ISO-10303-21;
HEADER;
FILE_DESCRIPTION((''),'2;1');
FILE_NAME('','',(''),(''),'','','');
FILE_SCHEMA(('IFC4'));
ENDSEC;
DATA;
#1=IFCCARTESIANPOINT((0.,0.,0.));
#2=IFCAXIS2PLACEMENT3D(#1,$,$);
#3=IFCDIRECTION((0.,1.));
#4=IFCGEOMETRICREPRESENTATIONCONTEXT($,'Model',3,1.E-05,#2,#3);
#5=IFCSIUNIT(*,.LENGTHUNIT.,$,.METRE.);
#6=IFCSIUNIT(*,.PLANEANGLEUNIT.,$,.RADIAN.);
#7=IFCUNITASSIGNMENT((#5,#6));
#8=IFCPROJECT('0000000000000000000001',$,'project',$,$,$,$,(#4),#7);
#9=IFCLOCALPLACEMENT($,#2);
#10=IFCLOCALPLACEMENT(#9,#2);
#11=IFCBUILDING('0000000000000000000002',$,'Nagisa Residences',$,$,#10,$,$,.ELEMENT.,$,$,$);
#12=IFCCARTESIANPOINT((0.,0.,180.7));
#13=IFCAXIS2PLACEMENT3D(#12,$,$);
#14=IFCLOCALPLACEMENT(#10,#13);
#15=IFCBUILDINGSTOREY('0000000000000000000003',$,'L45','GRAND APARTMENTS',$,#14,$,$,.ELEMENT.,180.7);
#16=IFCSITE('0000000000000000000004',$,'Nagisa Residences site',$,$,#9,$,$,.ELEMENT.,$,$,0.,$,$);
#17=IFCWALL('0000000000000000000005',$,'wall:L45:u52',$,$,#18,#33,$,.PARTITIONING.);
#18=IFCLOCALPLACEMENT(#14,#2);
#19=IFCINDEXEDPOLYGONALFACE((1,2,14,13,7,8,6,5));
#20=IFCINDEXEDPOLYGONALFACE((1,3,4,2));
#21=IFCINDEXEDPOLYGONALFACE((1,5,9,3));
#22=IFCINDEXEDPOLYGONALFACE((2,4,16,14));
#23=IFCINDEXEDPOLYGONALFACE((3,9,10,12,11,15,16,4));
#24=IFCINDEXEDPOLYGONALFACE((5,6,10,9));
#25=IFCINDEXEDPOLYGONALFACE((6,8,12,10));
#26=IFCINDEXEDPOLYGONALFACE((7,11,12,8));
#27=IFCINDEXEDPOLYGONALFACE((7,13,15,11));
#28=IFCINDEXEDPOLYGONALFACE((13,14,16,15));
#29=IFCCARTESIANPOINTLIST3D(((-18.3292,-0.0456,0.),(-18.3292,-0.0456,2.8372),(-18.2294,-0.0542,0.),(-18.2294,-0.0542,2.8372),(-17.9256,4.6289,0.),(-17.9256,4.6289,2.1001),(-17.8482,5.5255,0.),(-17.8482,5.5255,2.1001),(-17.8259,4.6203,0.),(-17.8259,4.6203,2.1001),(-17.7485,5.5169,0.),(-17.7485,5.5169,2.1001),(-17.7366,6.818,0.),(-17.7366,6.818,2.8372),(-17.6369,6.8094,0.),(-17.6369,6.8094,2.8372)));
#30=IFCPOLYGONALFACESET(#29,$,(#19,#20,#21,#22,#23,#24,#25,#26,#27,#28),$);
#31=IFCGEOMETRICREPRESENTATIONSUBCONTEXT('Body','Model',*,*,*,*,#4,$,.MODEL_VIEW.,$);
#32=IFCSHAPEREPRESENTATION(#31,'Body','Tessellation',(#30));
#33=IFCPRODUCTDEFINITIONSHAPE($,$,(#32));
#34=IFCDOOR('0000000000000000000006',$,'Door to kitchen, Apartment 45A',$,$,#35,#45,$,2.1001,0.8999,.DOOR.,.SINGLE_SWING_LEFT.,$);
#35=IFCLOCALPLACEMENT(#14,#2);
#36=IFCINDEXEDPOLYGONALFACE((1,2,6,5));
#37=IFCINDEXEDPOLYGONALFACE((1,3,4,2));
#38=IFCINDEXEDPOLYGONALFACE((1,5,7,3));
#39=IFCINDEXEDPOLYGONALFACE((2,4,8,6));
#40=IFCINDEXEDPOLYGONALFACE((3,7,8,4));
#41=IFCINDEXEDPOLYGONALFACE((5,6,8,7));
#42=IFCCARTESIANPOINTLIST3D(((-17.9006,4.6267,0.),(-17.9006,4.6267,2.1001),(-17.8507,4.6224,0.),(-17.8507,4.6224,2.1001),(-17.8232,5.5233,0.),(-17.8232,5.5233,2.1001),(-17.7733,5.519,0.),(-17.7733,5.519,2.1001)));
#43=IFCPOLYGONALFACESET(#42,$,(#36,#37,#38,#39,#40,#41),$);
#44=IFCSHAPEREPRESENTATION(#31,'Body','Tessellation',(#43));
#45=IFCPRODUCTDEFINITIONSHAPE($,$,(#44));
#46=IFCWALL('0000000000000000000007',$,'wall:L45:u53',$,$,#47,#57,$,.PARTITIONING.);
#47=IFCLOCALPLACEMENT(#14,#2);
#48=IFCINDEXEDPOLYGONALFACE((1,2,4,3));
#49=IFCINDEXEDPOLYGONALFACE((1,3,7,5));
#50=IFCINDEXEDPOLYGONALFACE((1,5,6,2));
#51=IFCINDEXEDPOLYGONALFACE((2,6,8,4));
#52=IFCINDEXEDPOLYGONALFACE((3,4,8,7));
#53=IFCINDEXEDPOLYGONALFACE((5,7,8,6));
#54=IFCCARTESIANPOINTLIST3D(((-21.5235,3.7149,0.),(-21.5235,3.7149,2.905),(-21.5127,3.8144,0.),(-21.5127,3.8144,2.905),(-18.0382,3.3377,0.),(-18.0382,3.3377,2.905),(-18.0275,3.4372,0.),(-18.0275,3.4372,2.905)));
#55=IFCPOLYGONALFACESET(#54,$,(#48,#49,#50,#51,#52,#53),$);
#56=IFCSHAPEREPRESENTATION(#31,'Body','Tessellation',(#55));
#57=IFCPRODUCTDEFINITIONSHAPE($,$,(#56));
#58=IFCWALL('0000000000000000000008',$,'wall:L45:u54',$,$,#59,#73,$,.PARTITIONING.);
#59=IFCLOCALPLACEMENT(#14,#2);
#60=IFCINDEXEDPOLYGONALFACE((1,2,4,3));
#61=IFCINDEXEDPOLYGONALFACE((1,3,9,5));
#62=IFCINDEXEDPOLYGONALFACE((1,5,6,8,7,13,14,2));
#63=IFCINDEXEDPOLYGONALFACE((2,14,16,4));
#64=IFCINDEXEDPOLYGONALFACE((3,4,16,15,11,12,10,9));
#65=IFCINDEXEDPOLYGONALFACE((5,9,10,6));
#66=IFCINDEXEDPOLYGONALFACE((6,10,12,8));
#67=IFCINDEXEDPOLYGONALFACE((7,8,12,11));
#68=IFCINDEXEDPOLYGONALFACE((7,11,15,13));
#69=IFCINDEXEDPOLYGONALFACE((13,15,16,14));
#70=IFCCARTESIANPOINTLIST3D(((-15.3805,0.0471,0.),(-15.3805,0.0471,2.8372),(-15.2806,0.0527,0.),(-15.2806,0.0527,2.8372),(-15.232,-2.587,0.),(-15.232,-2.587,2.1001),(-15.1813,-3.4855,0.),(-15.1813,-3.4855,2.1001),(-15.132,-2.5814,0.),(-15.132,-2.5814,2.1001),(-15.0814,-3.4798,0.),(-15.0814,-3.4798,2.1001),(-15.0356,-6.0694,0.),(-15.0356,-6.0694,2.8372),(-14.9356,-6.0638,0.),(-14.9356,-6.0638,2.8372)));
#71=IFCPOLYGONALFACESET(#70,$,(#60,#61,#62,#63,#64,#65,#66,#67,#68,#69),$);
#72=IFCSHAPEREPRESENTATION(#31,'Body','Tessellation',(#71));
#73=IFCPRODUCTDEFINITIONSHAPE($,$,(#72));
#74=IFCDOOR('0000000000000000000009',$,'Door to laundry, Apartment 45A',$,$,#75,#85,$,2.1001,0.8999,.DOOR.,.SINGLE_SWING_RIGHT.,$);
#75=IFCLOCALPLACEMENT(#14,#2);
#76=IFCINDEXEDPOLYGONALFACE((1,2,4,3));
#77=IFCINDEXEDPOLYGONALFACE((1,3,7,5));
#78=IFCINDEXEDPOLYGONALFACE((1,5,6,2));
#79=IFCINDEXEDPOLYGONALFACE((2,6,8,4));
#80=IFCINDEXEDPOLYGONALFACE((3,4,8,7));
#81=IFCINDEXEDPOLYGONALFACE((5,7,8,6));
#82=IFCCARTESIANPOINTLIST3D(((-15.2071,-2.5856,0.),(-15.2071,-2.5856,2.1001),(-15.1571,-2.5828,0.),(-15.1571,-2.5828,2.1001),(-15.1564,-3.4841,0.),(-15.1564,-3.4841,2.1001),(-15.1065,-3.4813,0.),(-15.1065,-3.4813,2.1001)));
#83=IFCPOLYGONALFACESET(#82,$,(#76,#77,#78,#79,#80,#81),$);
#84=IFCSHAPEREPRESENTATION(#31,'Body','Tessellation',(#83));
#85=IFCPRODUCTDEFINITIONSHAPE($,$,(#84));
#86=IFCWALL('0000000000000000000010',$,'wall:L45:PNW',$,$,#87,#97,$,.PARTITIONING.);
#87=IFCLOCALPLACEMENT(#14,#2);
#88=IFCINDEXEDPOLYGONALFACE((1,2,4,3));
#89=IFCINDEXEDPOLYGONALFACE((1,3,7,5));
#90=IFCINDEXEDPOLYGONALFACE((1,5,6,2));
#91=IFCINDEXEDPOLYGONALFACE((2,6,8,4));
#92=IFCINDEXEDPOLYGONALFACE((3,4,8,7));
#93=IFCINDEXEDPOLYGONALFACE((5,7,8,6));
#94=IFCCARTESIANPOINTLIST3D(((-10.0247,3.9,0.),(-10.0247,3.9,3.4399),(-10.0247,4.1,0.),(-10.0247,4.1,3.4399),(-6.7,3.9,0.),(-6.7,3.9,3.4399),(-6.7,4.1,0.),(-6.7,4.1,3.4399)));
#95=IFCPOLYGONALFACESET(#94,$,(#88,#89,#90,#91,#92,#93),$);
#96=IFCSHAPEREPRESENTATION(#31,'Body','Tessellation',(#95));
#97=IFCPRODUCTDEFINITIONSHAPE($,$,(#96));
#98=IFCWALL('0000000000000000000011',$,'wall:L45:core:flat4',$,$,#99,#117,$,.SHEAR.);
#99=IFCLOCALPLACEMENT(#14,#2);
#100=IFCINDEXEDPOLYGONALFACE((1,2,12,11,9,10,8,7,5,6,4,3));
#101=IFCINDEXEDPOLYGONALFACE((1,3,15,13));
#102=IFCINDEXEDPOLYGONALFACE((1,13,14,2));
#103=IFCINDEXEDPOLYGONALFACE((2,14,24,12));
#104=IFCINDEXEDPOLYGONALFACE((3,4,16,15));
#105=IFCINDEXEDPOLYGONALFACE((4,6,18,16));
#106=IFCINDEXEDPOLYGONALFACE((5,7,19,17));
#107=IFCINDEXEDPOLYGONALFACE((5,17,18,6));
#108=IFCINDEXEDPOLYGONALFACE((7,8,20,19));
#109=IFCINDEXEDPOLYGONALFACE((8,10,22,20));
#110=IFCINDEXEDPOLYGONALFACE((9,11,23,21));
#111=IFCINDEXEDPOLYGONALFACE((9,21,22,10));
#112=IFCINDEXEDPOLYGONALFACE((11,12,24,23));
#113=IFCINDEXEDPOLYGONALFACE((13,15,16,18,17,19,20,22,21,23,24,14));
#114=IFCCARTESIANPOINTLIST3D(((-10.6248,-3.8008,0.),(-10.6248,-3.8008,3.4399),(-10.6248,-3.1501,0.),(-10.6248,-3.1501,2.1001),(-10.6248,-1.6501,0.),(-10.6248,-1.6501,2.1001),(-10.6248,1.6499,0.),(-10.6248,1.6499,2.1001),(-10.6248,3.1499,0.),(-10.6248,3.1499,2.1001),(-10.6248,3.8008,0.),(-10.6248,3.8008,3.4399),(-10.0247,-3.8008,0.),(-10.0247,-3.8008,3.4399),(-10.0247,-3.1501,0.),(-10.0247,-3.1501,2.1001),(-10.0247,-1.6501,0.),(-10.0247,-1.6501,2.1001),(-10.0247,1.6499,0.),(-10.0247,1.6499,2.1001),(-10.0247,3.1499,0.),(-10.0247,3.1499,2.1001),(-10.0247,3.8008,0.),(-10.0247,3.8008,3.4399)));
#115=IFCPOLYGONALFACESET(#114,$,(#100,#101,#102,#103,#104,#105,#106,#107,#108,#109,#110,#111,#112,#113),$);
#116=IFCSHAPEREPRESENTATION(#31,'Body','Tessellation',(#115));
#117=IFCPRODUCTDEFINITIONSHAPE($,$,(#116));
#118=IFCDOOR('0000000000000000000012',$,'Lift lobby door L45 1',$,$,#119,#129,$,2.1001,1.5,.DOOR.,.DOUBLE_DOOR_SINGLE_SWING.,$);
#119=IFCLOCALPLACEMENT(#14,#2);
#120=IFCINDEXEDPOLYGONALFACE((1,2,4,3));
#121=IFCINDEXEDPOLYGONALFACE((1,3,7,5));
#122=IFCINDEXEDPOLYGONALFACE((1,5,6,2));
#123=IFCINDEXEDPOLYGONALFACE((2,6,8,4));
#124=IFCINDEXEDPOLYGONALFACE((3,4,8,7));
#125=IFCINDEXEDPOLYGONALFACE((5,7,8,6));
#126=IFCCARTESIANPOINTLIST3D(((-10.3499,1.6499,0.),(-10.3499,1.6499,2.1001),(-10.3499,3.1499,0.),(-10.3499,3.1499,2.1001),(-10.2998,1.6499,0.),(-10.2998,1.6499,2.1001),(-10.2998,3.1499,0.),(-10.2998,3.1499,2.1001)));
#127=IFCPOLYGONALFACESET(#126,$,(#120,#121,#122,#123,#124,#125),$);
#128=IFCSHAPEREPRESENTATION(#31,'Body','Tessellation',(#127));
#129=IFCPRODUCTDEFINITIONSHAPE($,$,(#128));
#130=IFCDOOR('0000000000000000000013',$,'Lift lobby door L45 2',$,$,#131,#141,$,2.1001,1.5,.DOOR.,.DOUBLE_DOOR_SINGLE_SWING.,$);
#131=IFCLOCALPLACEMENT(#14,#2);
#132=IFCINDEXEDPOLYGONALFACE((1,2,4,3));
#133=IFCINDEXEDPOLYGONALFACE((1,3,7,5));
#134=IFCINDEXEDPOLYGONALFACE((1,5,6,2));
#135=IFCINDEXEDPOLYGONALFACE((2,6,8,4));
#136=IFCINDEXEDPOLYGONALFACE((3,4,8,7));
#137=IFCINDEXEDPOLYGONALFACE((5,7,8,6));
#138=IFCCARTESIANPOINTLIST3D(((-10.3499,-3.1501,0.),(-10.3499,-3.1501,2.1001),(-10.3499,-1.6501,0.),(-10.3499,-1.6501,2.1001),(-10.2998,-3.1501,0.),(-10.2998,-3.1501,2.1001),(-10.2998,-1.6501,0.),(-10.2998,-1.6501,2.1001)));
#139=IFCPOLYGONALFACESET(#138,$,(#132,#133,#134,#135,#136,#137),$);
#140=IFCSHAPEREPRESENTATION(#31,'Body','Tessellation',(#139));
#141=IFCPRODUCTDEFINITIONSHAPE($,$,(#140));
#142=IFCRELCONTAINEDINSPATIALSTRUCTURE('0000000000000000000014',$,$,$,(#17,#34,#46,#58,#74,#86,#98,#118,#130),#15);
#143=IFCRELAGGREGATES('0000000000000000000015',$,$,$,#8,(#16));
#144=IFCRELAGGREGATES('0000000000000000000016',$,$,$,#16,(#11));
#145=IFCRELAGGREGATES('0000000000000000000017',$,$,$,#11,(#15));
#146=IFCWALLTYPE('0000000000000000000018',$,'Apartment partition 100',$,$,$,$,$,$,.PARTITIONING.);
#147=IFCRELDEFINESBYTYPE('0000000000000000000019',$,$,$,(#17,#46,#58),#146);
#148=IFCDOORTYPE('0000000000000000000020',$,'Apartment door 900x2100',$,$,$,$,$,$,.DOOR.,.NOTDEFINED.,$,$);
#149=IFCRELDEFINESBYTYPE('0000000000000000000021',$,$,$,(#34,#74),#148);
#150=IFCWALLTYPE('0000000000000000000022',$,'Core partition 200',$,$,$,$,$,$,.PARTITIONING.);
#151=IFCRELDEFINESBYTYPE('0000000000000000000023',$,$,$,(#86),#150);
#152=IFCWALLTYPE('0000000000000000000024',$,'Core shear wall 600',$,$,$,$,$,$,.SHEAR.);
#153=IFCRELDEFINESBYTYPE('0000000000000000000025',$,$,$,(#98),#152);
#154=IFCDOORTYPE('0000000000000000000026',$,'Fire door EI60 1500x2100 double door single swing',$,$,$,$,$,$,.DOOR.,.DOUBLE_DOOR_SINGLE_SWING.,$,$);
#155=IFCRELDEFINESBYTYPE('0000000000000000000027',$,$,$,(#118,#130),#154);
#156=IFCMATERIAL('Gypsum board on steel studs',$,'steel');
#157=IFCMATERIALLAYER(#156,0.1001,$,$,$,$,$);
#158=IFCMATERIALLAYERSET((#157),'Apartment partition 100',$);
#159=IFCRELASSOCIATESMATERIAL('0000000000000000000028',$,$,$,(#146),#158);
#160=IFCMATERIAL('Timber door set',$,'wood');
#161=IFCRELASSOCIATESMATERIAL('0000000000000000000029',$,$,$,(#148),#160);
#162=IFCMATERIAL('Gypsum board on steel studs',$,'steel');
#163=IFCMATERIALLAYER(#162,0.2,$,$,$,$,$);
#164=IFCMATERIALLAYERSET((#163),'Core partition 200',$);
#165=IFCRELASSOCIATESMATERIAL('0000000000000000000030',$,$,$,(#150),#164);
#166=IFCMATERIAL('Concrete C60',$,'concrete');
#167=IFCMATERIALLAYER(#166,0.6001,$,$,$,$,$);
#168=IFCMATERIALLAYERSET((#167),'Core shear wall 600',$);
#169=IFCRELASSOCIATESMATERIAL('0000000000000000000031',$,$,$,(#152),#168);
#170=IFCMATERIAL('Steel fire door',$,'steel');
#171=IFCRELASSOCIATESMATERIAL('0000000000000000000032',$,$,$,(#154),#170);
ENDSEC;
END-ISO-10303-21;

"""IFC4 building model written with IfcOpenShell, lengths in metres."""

from ifc_helpers import new_model, si_unit, direction, frame, frame_2d, origin, place, context, subcontext, project, spatial, rectangle, extrude, material, layer, layer_set, type_object, element, fill, save


model = new_model("IFC4")

# Units and contexts
model_context = context("Model", 3, precision=1e-05, world=origin(), true_north=direction((0.0, 1.0)))
body_context = subcontext(model_context, "Body", "Model", "MODEL_VIEW")
ifc_project = project(units=[si_unit("LENGTHUNIT", "METRE"), si_unit("PLANEANGLEUNIT", "RADIAN")], contexts=[model_context])

# Site, building, storey
site_placement = place(None, origin())
site = spatial("IfcSite", under=ifc_project, at=site_placement, Name="Nagisa Residences site", CompositionType="ELEMENT", RefElevation=0.0)
building_placement = place(site_placement, origin())
building = spatial("IfcBuilding", under=site, at=building_placement, Name="Nagisa Residences", CompositionType="ELEMENT")
storey_placement = place(building_placement, frame((0.0, 0.0, 180.7)))
storey = spatial("IfcBuildingStorey", under=building, at=storey_placement, Name="L45", Description="GRAND APARTMENTS", CompositionType="ELEMENT", Elevation=180.7)

# Shared definitions
ifc_material_1 = material(Name="Gypsum board on steel studs", Category="steel")
ifc_layer_1 = layer(ifc_material_1, 0.1001)
ifc_layer_set_1 = layer_set([ifc_layer_1], Name="Apartment partition 100")
wall_type_1 = type_object("IfcWallType", Name="Apartment partition 100", PredefinedType="PARTITIONING", material=ifc_layer_set_1)
ifc_material_2 = material(Name="Timber door set", Category="wood")
door_type_1 = type_object("IfcDoorType", Name="Apartment door 900x2100", OperationType="NOTDEFINED", PredefinedType="DOOR", material=ifc_material_2)

# Wall, opening, door
wall_1_placement = place(storey_placement, frame((-17.6868, 6.8137, 0.0), z_axis=(0.0, 0.0, 1.0), x_axis=(-0.08601, -0.996294, 0.0)))
wall_1 = element("IfcWall", 1, at=wall_1_placement, inside=storey, type_object=wall_type_1, Name="wall:L45:u52", PredefinedType="PARTITIONING", context=body_context, shape_type="SweptSolid", body=[
    extrude(rectangle(XDim=6.8892, YDim=0.1001, at=frame_2d((3.4446, 0.0))), origin(), (0.0, 0.0, 1.0), 2.8372),
])
opening_1_placement = place(wall_1_placement, frame((1.2974, 0.0, 0.0)))
opening_1 = element("IfcOpeningElement", 2, at=opening_1_placement, cuts=wall_1, PredefinedType="OPENING", context=body_context, shape_type="SweptSolid", body=[
    extrude(rectangle(XDim=0.8999, YDim=2.1001, at=frame_2d((0.45, 1.05))), frame((0.0, 0.0601, 0.0), z_axis=(0.0, -1.0, 0.0), x_axis=(1.0, 0.0, 0.0)), (0.0, 0.0, 1.0), 0.1201),
])
door_1_placement = place(opening_1_placement, frame((0.8999, 0.0, 0.0), x_axis=(-1.0, 0.0, 0.0)))
door_1 = element("IfcDoor", 3, at=door_1_placement, inside=storey, type_object=door_type_1, Name="Door to kitchen, Apartment 45A", OperationType="SINGLE_SWING_LEFT", OverallHeight=2.1001, OverallWidth=0.8999, PredefinedType="DOOR", context=body_context, shape_type="SweptSolid", body=[
    extrude(rectangle(XDim=0.8999, YDim=2.1001, at=frame_2d((0.45, 1.05))), frame((0.0, 0.0249, 0.0), z_axis=(0.0, -1.0, 0.0), x_axis=(1.0, 0.0, 0.0)), (0.0, 0.0, 1.0), 0.05),
])
fill(opening_1, door_1)

# Wall
wall_2_placement = place(storey_placement, frame((-18.0327, 3.3875, 0.0), z_axis=(0.0, 0.0, 1.0), x_axis=(-0.994195, 0.107595, 0.0)))
element("IfcWall", 4, at=wall_2_placement, inside=storey, type_object=wall_type_1, Name="wall:L45:u53", PredefinedType="PARTITIONING", context=body_context, shape_type="SweptSolid", body=[
    extrude(rectangle(XDim=3.5056, YDim=0.1001, at=frame_2d((1.7529, 0.0))), origin(), (0.0, 0.0, 1.0), 2.905),
])

# Wall, opening, door
wall_3_placement = place(storey_placement, frame((-15.3306, 0.0498, 0.0), z_axis=(0.0, 0.0, 1.0), x_axis=(0.056311, -0.998413, 0.0)))
wall_3 = element("IfcWall", 5, at=wall_3_placement, inside=storey, type_object=wall_type_1, Name="wall:L45:u54", PredefinedType="PARTITIONING", context=body_context, shape_type="SweptSolid", body=[
    extrude(rectangle(XDim=6.1262, YDim=0.1001, at=frame_2d((3.063, 0.0))), origin(), (0.0, 0.0, 1.0), 2.8372),
])
opening_2_placement = place(wall_3_placement, frame((2.6382, 0.0, 0.0)))
opening_2 = element("IfcOpeningElement", 6, at=opening_2_placement, cuts=wall_3, PredefinedType="OPENING", context=body_context, shape_type="SweptSolid", body=[
    extrude(rectangle(XDim=0.8999, YDim=2.1001, at=frame_2d((0.45, 1.05))), frame((0.0, 0.0601, 0.0), z_axis=(0.0, -1.0, 0.0), x_axis=(1.0, 0.0, 0.0)), (0.0, 0.0, 1.0), 0.1201),
])
door_2_placement = place(opening_2_placement, origin())
door_2 = element("IfcDoor", 7, at=door_2_placement, inside=storey, type_object=door_type_1, Name="Door to laundry, Apartment 45A", OperationType="SINGLE_SWING_RIGHT", OverallHeight=2.1001, OverallWidth=0.8999, PredefinedType="DOOR", context=body_context, shape_type="SweptSolid", body=[
    extrude(rectangle(XDim=0.8999, YDim=2.1001, at=frame_2d((0.45, 1.05))), frame((0.0, 0.0249, 0.0), z_axis=(0.0, -1.0, 0.0), x_axis=(1.0, 0.0, 0.0)), (0.0, 0.0, 1.0), 0.05),
])
fill(opening_2, door_2)

# Wall
ifc_material_3 = material(Name="Gypsum board on steel studs", Category="steel")
ifc_layer_2 = layer(ifc_material_3, 0.2)
ifc_layer_set_2 = layer_set([ifc_layer_2], Name="Core partition 200")
wall_type_2 = type_object("IfcWallType", Name="Core partition 200", PredefinedType="PARTITIONING", material=ifc_layer_set_2)
wall_4_placement = place(storey_placement, frame((-10.0247, 4.0, 0.0), z_axis=(0.0, 0.0, 1.0), x_axis=(1.0, 0.0, 0.0)))
element("IfcWall", 8, at=wall_4_placement, inside=storey, type_object=wall_type_2, Name="wall:L45:PNW", PredefinedType="PARTITIONING", context=body_context, shape_type="SweptSolid", body=[
    extrude(rectangle(XDim=3.3247, YDim=0.2, at=frame_2d((1.6624, 0.0))), origin(), (0.0, 0.0, 1.0), 3.4399),
])

# Wall, openings, doors
ifc_material_4 = material(Name="Concrete C60", Category="concrete")
ifc_layer_3 = layer(ifc_material_4, 0.6001)
ifc_layer_set_3 = layer_set([ifc_layer_3], Name="Core shear wall 600")
wall_type_3 = type_object("IfcWallType", Name="Core shear wall 600", PredefinedType="SHEAR", material=ifc_layer_set_3)
wall_5_placement = place(storey_placement, frame((-10.3247, 3.8008, 0.0), z_axis=(0.0, 0.0, 1.0), x_axis=(0.0, -1.0, 0.0)))
wall_5 = element("IfcWall", 9, at=wall_5_placement, inside=storey, type_object=wall_type_3, Name="wall:L45:core:flat4", PredefinedType="SHEAR", context=body_context, shape_type="SweptSolid", body=[
    extrude(rectangle(XDim=7.6016, YDim=0.6001, at=frame_2d((3.8008, 0.0))), origin(), (0.0, 0.0, 1.0), 3.4399),
])
opening_3_placement = place(wall_5_placement, frame((0.6509, 0.0, 0.0)))
opening_3 = element("IfcOpeningElement", 10, at=opening_3_placement, cuts=wall_5, PredefinedType="OPENING", context=body_context, shape_type="SweptSolid", body=[
    extrude(rectangle(XDim=1.5, YDim=2.1001, at=frame_2d((0.75, 1.05))), frame((0.0, 0.3101, 0.0), z_axis=(0.0, -1.0, 0.0), x_axis=(1.0, 0.0, 0.0)), (0.0, 0.0, 1.0), 0.6201),
])
opening_4_placement = place(wall_5_placement, frame((5.4509, 0.0, 0.0)))
opening_4 = element("IfcOpeningElement", 11, at=opening_4_placement, cuts=wall_5, PredefinedType="OPENING", context=body_context, shape_type="SweptSolid", body=[
    extrude(rectangle(XDim=1.5, YDim=2.1001, at=frame_2d((0.75, 1.05))), frame((0.0, 0.3101, 0.0), z_axis=(0.0, -1.0, 0.0), x_axis=(1.0, 0.0, 0.0)), (0.0, 0.0, 1.0), 0.6201),
])
ifc_material_5 = material(Name="Steel fire door", Category="steel")
door_type_2 = type_object("IfcDoorType", Name="Fire door EI60 1500x2100 double door single swing", OperationType="DOUBLE_DOOR_SINGLE_SWING", PredefinedType="DOOR", material=ifc_material_5)
door_3_placement = place(opening_3_placement, origin())
door_3 = element("IfcDoor", 12, at=door_3_placement, inside=storey, type_object=door_type_2, Name="Lift lobby door L45 1", OperationType="DOUBLE_DOOR_SINGLE_SWING", OverallHeight=2.1001, OverallWidth=1.5, PredefinedType="DOOR", context=body_context, shape_type="SweptSolid", body=[
    extrude(rectangle(XDim=1.5, YDim=2.1001, at=frame_2d((0.75, 1.05))), frame((0.0, 0.0249, 0.0), z_axis=(0.0, -1.0, 0.0), x_axis=(1.0, 0.0, 0.0)), (0.0, 0.0, 1.0), 0.05),
])
fill(opening_3, door_3)
door_4_placement = place(opening_4_placement, origin())
door_4 = element("IfcDoor", 13, at=door_4_placement, inside=storey, type_object=door_type_2, Name="Lift lobby door L45 2", OperationType="DOUBLE_DOOR_SINGLE_SWING", OverallHeight=2.1001, OverallWidth=1.5, PredefinedType="DOOR", context=body_context, shape_type="SweptSolid", body=[
    extrude(rectangle(XDim=1.5, YDim=2.1001, at=frame_2d((0.75, 1.05))), frame((0.0, 0.0249, 0.0), z_axis=(0.0, -1.0, 0.0), x_axis=(1.0, 0.0, 0.0)), (0.0, 0.0, 1.0), 0.05),
])
fill(opening_4, door_4)

save(model, "model.ifc")
